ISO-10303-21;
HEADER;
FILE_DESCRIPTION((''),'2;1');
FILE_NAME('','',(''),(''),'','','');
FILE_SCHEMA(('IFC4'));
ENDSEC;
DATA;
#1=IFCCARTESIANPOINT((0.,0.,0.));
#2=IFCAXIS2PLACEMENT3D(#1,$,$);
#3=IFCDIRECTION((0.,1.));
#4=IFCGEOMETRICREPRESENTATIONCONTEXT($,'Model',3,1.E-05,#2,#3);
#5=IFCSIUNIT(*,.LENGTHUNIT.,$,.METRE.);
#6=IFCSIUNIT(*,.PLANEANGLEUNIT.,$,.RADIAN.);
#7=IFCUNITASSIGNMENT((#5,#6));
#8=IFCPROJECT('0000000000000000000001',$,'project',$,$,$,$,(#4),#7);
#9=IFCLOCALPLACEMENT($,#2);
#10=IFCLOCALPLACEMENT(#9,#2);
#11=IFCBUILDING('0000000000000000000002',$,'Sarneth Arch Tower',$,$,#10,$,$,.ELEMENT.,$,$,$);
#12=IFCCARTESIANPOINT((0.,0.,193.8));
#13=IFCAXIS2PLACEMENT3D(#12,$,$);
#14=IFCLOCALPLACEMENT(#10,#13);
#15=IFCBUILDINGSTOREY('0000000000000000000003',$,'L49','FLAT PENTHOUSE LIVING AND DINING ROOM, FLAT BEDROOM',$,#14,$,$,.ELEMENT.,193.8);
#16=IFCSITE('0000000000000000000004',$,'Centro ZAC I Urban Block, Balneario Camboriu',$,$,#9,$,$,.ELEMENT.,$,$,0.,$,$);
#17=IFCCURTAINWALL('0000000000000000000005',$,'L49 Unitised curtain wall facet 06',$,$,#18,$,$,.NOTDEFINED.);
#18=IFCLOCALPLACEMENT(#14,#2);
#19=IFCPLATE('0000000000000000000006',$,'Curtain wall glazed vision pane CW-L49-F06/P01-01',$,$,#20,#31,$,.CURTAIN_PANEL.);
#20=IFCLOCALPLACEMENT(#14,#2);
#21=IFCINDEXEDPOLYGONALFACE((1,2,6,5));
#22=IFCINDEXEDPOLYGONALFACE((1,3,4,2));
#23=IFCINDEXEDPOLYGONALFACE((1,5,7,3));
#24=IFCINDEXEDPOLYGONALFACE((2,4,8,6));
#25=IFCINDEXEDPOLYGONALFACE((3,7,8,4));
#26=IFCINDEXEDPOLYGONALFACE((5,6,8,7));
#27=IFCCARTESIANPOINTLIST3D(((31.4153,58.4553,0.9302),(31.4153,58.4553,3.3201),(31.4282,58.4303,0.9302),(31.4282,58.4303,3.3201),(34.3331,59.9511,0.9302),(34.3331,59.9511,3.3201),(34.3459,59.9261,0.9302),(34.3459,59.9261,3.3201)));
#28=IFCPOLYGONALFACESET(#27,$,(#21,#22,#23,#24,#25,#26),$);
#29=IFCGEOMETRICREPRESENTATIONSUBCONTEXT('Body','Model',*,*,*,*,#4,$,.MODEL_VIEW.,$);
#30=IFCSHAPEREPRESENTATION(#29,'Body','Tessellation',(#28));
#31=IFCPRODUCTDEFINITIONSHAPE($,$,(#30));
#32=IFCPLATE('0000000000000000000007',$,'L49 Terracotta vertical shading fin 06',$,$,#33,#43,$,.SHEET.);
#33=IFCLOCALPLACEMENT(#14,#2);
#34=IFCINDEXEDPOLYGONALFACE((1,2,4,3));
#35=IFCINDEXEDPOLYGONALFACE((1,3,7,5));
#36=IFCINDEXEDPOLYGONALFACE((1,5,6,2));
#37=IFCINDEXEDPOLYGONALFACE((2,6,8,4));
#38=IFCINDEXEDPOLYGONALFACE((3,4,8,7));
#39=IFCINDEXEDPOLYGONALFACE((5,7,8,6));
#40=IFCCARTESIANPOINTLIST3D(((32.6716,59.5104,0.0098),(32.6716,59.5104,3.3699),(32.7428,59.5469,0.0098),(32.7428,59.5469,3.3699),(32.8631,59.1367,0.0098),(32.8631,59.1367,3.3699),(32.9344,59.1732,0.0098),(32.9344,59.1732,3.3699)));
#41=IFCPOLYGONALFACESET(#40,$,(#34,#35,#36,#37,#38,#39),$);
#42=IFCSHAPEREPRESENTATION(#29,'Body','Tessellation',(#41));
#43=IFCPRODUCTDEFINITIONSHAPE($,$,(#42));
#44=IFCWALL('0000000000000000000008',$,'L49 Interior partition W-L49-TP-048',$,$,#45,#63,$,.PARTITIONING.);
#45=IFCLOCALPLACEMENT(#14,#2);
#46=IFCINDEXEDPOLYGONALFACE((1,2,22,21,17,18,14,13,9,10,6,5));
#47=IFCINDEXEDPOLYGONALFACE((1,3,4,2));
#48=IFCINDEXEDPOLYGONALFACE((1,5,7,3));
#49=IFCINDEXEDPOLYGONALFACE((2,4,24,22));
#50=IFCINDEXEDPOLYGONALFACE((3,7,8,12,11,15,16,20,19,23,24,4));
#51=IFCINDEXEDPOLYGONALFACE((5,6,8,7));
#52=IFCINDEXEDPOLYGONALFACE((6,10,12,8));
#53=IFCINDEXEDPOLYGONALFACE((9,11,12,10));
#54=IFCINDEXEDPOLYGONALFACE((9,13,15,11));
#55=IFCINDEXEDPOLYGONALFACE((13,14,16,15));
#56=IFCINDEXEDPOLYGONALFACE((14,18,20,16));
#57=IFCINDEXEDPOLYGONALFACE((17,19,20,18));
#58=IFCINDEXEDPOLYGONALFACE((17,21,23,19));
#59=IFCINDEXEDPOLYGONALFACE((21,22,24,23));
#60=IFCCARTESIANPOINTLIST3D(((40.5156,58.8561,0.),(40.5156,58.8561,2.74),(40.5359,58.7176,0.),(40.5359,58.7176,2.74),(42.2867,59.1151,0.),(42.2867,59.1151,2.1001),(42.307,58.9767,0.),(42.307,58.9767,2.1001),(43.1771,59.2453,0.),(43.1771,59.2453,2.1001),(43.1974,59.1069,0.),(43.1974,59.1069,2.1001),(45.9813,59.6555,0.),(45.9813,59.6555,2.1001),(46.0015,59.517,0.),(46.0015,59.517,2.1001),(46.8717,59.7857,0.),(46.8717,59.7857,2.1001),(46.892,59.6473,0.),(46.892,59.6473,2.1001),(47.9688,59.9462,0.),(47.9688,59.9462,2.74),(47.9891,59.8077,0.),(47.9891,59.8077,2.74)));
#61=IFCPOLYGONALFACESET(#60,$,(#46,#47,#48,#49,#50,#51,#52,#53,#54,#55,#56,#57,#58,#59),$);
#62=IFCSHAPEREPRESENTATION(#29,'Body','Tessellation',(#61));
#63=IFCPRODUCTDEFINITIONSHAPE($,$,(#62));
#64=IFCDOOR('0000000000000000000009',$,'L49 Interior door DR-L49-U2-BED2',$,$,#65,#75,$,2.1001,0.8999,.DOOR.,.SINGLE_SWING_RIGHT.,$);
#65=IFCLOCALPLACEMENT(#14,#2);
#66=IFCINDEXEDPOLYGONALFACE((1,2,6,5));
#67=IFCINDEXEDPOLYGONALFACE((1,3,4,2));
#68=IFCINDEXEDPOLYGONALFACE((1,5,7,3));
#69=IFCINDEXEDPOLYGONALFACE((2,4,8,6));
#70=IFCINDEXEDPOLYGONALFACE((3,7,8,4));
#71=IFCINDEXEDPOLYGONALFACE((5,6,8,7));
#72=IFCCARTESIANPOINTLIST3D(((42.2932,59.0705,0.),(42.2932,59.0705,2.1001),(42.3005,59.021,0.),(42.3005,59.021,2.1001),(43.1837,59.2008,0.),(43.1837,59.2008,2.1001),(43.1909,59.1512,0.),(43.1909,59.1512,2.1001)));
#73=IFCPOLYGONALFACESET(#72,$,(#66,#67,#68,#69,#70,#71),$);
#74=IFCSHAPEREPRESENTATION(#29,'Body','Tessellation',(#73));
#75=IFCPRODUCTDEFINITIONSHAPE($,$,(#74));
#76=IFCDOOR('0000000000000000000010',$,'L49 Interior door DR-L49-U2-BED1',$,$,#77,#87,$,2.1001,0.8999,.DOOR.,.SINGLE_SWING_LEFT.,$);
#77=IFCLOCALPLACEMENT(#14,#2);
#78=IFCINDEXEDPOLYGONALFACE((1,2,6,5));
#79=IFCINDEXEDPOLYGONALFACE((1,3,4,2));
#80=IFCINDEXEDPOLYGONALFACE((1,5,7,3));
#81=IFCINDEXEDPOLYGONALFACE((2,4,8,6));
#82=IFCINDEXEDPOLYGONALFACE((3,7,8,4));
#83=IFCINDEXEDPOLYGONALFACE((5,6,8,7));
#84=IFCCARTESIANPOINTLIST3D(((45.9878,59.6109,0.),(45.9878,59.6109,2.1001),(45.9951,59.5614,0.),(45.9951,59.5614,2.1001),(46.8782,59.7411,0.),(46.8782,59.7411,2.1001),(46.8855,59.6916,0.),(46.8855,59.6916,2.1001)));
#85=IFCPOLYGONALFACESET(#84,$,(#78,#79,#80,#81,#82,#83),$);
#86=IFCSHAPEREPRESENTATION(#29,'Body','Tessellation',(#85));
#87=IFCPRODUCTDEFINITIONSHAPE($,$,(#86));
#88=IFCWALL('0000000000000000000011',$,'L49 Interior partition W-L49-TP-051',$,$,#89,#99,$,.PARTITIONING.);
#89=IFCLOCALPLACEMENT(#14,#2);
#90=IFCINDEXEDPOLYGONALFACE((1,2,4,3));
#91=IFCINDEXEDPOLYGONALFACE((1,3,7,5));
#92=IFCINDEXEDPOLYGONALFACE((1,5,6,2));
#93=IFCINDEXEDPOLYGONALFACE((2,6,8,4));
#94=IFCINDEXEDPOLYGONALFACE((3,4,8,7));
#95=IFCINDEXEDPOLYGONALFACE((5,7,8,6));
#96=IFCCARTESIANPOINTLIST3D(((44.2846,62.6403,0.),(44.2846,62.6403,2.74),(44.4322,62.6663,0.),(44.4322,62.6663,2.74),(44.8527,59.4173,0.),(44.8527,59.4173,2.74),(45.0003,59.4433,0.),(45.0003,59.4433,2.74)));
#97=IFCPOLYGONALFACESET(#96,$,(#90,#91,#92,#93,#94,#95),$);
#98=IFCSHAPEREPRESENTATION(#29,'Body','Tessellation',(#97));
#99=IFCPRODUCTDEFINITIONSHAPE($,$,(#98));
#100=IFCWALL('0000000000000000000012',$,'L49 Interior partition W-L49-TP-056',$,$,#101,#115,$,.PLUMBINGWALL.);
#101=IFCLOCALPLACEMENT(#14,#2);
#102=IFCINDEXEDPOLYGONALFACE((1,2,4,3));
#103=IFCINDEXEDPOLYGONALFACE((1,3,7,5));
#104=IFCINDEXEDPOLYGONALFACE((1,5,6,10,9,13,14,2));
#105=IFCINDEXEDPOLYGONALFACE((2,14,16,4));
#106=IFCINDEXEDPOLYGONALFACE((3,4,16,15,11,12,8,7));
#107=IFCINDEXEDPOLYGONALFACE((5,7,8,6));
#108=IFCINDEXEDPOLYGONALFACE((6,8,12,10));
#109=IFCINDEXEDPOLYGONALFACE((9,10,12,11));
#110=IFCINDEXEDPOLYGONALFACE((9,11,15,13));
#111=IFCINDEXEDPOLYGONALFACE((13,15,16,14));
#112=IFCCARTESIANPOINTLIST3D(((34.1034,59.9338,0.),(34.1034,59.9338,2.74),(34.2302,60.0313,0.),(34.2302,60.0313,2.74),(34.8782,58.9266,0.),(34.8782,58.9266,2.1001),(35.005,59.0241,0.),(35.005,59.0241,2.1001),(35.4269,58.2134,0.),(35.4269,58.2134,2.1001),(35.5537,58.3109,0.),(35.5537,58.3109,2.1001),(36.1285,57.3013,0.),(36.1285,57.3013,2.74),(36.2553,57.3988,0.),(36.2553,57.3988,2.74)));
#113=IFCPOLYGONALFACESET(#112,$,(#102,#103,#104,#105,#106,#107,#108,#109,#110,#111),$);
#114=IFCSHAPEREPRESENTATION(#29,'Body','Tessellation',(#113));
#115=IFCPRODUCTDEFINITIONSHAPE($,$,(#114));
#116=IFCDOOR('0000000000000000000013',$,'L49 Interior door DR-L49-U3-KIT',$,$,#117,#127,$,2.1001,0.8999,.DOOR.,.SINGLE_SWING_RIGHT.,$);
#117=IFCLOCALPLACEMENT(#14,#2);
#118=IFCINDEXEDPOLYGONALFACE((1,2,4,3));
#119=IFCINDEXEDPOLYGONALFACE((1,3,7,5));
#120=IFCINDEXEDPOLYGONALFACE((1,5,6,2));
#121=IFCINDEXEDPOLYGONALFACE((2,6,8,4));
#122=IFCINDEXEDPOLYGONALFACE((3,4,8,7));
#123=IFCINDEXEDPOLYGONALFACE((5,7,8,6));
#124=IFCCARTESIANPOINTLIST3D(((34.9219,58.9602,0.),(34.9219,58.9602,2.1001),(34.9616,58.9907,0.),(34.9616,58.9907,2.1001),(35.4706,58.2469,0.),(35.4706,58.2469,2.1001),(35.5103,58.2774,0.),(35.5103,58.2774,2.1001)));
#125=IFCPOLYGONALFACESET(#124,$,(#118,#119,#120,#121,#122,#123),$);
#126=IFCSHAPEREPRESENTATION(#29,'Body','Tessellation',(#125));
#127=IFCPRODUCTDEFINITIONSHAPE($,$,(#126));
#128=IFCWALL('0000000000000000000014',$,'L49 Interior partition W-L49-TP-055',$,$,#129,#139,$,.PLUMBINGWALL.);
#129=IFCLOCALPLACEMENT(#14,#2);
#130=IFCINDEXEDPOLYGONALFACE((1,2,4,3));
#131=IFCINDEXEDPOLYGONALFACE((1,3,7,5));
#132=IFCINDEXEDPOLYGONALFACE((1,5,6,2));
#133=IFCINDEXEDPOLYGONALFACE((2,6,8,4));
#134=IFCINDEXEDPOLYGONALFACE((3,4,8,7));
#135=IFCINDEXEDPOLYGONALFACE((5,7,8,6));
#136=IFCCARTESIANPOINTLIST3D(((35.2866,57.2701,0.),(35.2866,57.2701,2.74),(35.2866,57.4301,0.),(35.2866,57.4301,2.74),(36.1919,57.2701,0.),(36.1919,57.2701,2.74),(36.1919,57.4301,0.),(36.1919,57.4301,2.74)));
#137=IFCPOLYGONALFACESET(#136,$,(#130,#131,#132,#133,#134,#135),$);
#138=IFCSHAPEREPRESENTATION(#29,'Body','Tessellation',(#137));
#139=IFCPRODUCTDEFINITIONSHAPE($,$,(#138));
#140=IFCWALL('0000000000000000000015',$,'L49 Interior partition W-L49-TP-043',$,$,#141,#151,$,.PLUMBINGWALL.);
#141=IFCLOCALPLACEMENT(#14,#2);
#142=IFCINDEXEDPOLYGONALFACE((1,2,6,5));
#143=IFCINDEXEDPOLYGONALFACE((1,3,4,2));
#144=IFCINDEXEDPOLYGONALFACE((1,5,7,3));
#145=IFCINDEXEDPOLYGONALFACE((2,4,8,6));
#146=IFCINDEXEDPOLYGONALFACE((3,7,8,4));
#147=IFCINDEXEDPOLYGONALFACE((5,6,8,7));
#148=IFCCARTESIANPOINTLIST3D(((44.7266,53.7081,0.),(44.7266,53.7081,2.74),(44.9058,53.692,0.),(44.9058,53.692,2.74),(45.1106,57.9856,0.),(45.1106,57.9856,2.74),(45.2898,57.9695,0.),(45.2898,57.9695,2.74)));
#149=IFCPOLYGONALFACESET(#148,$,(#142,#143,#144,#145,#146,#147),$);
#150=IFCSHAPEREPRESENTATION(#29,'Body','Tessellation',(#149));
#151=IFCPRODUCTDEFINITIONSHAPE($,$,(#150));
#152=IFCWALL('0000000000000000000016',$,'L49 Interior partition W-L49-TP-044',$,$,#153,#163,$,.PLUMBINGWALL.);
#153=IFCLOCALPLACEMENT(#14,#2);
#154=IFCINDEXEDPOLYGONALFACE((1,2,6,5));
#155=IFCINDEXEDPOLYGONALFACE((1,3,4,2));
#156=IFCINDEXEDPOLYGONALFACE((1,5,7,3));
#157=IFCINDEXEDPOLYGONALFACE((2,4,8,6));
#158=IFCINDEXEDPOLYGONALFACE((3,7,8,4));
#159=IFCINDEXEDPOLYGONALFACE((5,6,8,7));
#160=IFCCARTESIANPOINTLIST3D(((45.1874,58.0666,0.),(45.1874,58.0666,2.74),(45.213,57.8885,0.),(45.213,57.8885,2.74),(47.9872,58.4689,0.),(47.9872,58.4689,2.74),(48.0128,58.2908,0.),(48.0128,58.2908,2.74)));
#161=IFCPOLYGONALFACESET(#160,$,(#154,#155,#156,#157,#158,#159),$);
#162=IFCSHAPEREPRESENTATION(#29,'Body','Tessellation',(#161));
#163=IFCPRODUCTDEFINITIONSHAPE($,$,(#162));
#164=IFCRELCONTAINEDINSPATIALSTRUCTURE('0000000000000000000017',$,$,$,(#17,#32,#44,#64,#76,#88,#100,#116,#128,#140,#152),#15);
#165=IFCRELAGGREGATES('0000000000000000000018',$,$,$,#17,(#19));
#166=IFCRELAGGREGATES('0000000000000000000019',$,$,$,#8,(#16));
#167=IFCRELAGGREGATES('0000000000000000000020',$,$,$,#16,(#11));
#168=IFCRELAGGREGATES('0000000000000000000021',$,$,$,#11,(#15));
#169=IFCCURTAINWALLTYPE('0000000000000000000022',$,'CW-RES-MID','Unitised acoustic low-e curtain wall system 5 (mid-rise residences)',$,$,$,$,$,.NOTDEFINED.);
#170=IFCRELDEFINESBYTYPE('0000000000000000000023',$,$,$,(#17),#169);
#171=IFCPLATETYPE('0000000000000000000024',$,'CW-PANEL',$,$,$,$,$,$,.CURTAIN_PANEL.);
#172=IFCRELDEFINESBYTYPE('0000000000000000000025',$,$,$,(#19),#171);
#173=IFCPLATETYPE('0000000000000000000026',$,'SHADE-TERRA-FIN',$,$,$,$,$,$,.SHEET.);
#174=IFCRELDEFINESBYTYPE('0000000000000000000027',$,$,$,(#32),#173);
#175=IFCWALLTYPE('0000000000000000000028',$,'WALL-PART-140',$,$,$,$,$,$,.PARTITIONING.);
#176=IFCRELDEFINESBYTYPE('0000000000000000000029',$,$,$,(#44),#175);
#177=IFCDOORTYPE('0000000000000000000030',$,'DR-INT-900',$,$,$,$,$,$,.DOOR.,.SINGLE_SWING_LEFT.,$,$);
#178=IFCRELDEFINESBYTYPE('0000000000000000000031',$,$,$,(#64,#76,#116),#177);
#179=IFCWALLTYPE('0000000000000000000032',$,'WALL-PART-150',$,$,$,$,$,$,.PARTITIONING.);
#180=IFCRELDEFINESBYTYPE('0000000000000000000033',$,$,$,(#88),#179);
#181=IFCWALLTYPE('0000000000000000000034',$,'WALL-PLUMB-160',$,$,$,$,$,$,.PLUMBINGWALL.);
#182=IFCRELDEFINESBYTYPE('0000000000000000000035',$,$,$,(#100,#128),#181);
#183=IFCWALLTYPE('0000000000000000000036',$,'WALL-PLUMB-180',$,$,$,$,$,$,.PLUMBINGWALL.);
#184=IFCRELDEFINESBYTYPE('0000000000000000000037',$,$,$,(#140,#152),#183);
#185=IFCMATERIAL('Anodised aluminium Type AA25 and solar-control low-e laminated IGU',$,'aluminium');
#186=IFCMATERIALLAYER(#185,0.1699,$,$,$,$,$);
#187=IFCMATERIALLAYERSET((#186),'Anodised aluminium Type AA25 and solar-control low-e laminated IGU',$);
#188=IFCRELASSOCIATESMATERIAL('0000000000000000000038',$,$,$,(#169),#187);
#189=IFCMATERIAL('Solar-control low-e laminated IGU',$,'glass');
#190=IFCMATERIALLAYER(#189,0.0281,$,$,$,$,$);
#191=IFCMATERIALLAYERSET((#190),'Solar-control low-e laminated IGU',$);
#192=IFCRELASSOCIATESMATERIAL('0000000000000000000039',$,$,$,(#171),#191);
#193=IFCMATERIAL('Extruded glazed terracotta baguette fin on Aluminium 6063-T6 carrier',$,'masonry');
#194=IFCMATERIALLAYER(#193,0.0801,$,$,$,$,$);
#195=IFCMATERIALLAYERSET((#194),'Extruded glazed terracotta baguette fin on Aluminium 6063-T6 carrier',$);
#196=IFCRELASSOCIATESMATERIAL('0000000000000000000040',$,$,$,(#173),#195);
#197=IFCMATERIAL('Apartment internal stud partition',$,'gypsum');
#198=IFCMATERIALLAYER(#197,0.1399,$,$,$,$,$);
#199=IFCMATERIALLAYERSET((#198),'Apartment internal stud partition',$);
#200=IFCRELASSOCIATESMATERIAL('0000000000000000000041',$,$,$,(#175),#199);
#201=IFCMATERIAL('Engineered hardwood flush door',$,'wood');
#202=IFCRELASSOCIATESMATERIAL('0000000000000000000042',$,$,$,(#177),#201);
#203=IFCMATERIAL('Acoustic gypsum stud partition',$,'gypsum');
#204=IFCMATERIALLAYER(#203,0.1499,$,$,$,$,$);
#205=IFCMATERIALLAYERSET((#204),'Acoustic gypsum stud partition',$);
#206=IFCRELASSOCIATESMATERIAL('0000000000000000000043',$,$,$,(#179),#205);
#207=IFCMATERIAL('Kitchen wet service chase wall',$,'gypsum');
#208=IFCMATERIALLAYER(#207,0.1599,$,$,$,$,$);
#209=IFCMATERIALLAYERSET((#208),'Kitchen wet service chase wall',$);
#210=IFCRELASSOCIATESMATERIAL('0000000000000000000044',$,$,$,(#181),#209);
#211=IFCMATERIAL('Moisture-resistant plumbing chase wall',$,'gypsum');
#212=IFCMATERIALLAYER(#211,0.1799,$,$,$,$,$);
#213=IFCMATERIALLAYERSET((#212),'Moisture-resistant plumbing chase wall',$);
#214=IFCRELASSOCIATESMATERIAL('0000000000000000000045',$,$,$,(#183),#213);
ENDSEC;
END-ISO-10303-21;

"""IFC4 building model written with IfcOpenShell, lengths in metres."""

from ifc_helpers import new_model, si_unit, direction, frame, frame_2d, origin, origin_2d, place, context, subcontext, project, spatial, rectangle, extrude, material, layer, layer_set, type_object, element, fill, aggregate, save


model = new_model("IFC4")

# Units and contexts
model_context = context("Model", 3, precision=1e-05, world=origin(), true_north=direction((0.0, 1.0)))
body_context = subcontext(model_context, "Body", "Model", "MODEL_VIEW")
ifc_project = project(units=[si_unit("LENGTHUNIT", "METRE"), si_unit("PLANEANGLEUNIT", "RADIAN")], contexts=[model_context])

# Site, building, storey
site_placement = place(None, origin())
site = spatial("IfcSite", under=ifc_project, at=site_placement, Name="Centro ZAC I Urban Block, Balneario Camboriu", CompositionType="ELEMENT", RefElevation=0.0)
building_placement = place(site_placement, origin())
building = spatial("IfcBuilding", under=site, at=building_placement, Name="Sarneth Arch Tower", CompositionType="ELEMENT")
storey_placement = place(building_placement, frame((0.0, 0.0, 193.8)))
storey = spatial("IfcBuildingStorey", under=building, at=storey_placement, Name="L49", Description="FLAT PENTHOUSE LIVING AND DINING ROOM, FLAT BEDROOM", CompositionType="ELEMENT", Elevation=193.8)

# Curtain wall, plate
ifc_material_1 = material(Name="Anodised aluminium Type AA25 and solar-control low-e laminated IGU", Category="aluminium")
ifc_layer_1 = layer(ifc_material_1, 0.1699)
ifc_layer_set_1 = layer_set([ifc_layer_1], Name="Anodised aluminium Type AA25 and solar-control low-e laminated IGU")
curtain_wall_type = type_object("IfcCurtainWallType", Name="CW-RES-MID", Description="Unitised acoustic low-e curtain wall system 5 (mid-rise residences)", PredefinedType="NOTDEFINED", material=ifc_layer_set_1)
curtain_wall_placement = place(storey_placement, origin())
curtain_wall = element("IfcCurtainWall", 1, at=curtain_wall_placement, inside=storey, type_object=curtain_wall_type, Name="L49 Unitised curtain wall facet 06", PredefinedType="NOTDEFINED")
ifc_material_2 = material(Name="Solar-control low-e laminated IGU", Category="glass")
ifc_layer_2 = layer(ifc_material_2, 0.0281)
ifc_layer_set_2 = layer_set([ifc_layer_2], Name="Solar-control low-e laminated IGU")
plate_type_1 = type_object("IfcPlateType", Name="CW-PANEL", PredefinedType="CURTAIN_PANEL", material=ifc_layer_set_2)
plate_1_placement = place(storey_placement, frame((32.8806, 59.1907, 0.9302), z_axis=(0.0, 0.0, 1.0), x_axis=(-0.889873, -0.456208, 0.0)))
plate_1 = element("IfcPlate", 2, at=plate_1_placement, type_object=plate_type_1, Name="Curtain wall glazed vision pane CW-L49-F06/P01-01", PredefinedType="CURTAIN_PANEL", context=body_context, shape_type="SweptSolid", body=[
    extrude(rectangle(XDim=3.2788, YDim=0.0281, at=origin_2d()), origin(), (0.0, 0.0, 1.0), 2.3899),
])
aggregate(curtain_wall, [plate_1])

# Plate
ifc_material_3 = material(Name="Extruded glazed terracotta baguette fin on Aluminium 6063-T6 carrier", Category="masonry")
ifc_layer_3 = layer(ifc_material_3, 0.0801)
ifc_layer_set_3 = layer_set([ifc_layer_3], Name="Extruded glazed terracotta baguette fin on Aluminium 6063-T6 carrier")
plate_type_2 = type_object("IfcPlateType", Name="SHADE-TERRA-FIN", PredefinedType="SHEET", material=ifc_layer_set_3)
plate_2_placement = place(storey_placement, frame((32.803, 59.3418, 0.0098), z_axis=(0.0, 0.0, 1.0), x_axis=(-0.456166, 0.889895, 0.0)))
element("IfcPlate", 3, at=plate_2_placement, inside=storey, type_object=plate_type_2, Name="L49 Terracotta vertical shading fin 06", PredefinedType="SHEET", context=body_context, shape_type="SweptSolid", body=[
    extrude(rectangle(XDim=0.4199, YDim=0.0801, at=origin_2d()), origin(), (0.0, 0.0, 1.0), 3.3601),
])

# Wall, openings, doors
ifc_material_4 = material(Name="Apartment internal stud partition", Category="gypsum")
ifc_layer_4 = layer(ifc_material_4, 0.1399)
ifc_layer_set_4 = layer_set([ifc_layer_4], Name="Apartment internal stud partition")
wall_type_1 = type_object("IfcWallType", Name="WALL-PART-140", PredefinedType="PARTITIONING", material=ifc_layer_set_4)
wall_1_placement = place(storey_placement, frame((40.5259, 58.7869, 0.0), z_axis=(0.0, 0.0, 1.0), x_axis=(0.989473, 0.144719, 0.0)))
wall_1 = element("IfcWall", 4, at=wall_1_placement, inside=storey, type_object=wall_type_1, Name="L49 Interior partition W-L49-TP-048", PredefinedType="PARTITIONING", context=body_context, shape_type="SweptSolid", body=[
    extrude(rectangle(XDim=7.5325, YDim=0.1399, at=frame_2d((3.7661, 0.0))), origin(), (0.0, 0.0, 1.0), 2.74),
])
opening_1_placement = place(wall_1_placement, frame((1.7898, 0.0, 0.0)))
opening_1 = element("IfcOpeningElement", 5, at=opening_1_placement, cuts=wall_1, PredefinedType="OPENING", context=body_context, shape_type="SweptSolid", body=[
    extrude(rectangle(XDim=0.8999, YDim=2.1001, at=frame_2d((0.45, 1.05))), frame((0.0, 0.0798, 0.0), z_axis=(0.0, -1.0, 0.0), x_axis=(1.0, 0.0, 0.0)), (0.0, 0.0, 1.0), 0.1599),
])
opening_2_placement = place(wall_1_placement, frame((5.5237, 0.0, 0.0)))
opening_2 = element("IfcOpeningElement", 6, at=opening_2_placement, cuts=wall_1, PredefinedType="OPENING", context=body_context, shape_type="SweptSolid", body=[
    extrude(rectangle(XDim=0.8999, YDim=2.1001, at=frame_2d((0.45, 1.05))), frame((0.0, 0.0798, 0.0), z_axis=(0.0, -1.0, 0.0), x_axis=(1.0, 0.0, 0.0)), (0.0, 0.0, 1.0), 0.1599),
])
ifc_material_5 = material(Name="Engineered hardwood flush door", Category="wood")
door_type = type_object("IfcDoorType", Name="DR-INT-900", OperationType="SINGLE_SWING_LEFT", PredefinedType="DOOR", material=ifc_material_5)
door_1_placement = place(opening_1_placement, origin())
door_1 = element("IfcDoor", 7, at=door_1_placement, inside=storey, type_object=door_type, Name="L49 Interior door DR-L49-U2-BED2", OperationType="SINGLE_SWING_RIGHT", OverallHeight=2.1001, OverallWidth=0.8999, PredefinedType="DOOR", context=body_context, shape_type="SweptSolid", body=[
    extrude(rectangle(XDim=0.8999, YDim=2.1001, at=frame_2d((0.45, 1.05))), frame((0.0, 0.0249, 0.0), z_axis=(0.0, -1.0, 0.0), x_axis=(1.0, 0.0, 0.0)), (0.0, 0.0, 1.0), 0.05),
])
fill(opening_1, door_1)
door_2_placement = place(opening_2_placement, origin())
door_2 = element("IfcDoor", 8, at=door_2_placement, inside=storey, type_object=door_type, Name="L49 Interior door DR-L49-U2-BED1", OperationType="SINGLE_SWING_LEFT", OverallHeight=2.1001, OverallWidth=0.8999, PredefinedType="DOOR", context=body_context, shape_type="SweptSolid", body=[
    extrude(rectangle(XDim=0.8999, YDim=2.1001, at=frame_2d((0.45, 1.05))), frame((0.0, 0.0249, 0.0), z_axis=(0.0, -1.0, 0.0), x_axis=(1.0, 0.0, 0.0)), (0.0, 0.0, 1.0), 0.05),
])
fill(opening_2, door_2)

# Wall
ifc_material_6 = material(Name="Acoustic gypsum stud partition", Category="gypsum")
ifc_layer_5 = layer(ifc_material_6, 0.1499)
ifc_layer_set_5 = layer_set([ifc_layer_5], Name="Acoustic gypsum stud partition")
wall_type_2 = type_object("IfcWallType", Name="WALL-PART-150", PredefinedType="PARTITIONING", material=ifc_layer_set_5)
wall_2_placement = place(storey_placement, frame((44.9265, 59.4304, 0.0), z_axis=(0.0, 0.0, 1.0), x_axis=(-0.173598, 0.984817, 0.0)))
element("IfcWall", 9, at=wall_2_placement, inside=storey, type_object=wall_type_2, Name="L49 Interior partition W-L49-TP-051", PredefinedType="PARTITIONING", context=body_context, shape_type="SweptSolid", body=[
    extrude(rectangle(XDim=3.2727, YDim=0.1499, at=frame_2d((1.6362, 0.0))), origin(), (0.0, 0.0, 1.0), 2.74),
])

# Wall, opening, door
ifc_material_7 = material(Name="Kitchen wet service chase wall", Category="gypsum")
ifc_layer_6 = layer(ifc_material_7, 0.1599)
ifc_layer_set_6 = layer_set([ifc_layer_6], Name="Kitchen wet service chase wall")
wall_type_3 = type_object("IfcWallType", Name="WALL-PLUMB-160", PredefinedType="PLUMBINGWALL", material=ifc_layer_set_6)
wall_3_placement = place(storey_placement, frame((36.1919, 57.3501, 0.0), z_axis=(0.0, 0.0, 1.0), x_axis=(-0.609729, 0.79261, 0.0)))
wall_3 = element("IfcWall", 10, at=wall_3_placement, inside=storey, type_object=wall_type_3, Name="L49 Interior partition W-L49-TP-056", PredefinedType="PLUMBINGWALL", context=body_context, shape_type="SweptSolid", body=[
    extrude(rectangle(XDim=3.3213, YDim=0.1599, at=frame_2d((1.6606, 0.0))), origin(), (0.0, 0.0, 1.0), 2.74),
])
opening_3_placement = place(wall_3_placement, frame((1.1506, 0.0, 0.0)))
opening_3 = element("IfcOpeningElement", 11, at=opening_3_placement, cuts=wall_3, PredefinedType="OPENING", context=body_context, shape_type="SweptSolid", body=[
    extrude(rectangle(XDim=0.8999, YDim=2.1001, at=frame_2d((0.45, 1.05))), frame((0.0, 0.0898, 0.0), z_axis=(0.0, -1.0, 0.0), x_axis=(1.0, 0.0, 0.0)), (0.0, 0.0, 1.0), 0.1799),
])
door_3_placement = place(opening_3_placement, origin())
door_3 = element("IfcDoor", 12, at=door_3_placement, inside=storey, type_object=door_type, Name="L49 Interior door DR-L49-U3-KIT", OperationType="SINGLE_SWING_RIGHT", OverallHeight=2.1001, OverallWidth=0.8999, PredefinedType="DOOR", context=body_context, shape_type="SweptSolid", body=[
    extrude(rectangle(XDim=0.8999, YDim=2.1001, at=frame_2d((0.45, 1.05))), frame((0.0, 0.0249, 0.0), z_axis=(0.0, -1.0, 0.0), x_axis=(1.0, 0.0, 0.0)), (0.0, 0.0, 1.0), 0.05),
])
fill(opening_3, door_3)

# Walls
wall_4_placement = place(storey_placement, frame((35.2866, 57.3501, 0.0), z_axis=(0.0, 0.0, 1.0), x_axis=(1.0, 0.0, 0.0)))
element("IfcWall", 13, at=wall_4_placement, inside=storey, type_object=wall_type_3, Name="L49 Interior partition W-L49-TP-055", PredefinedType="PLUMBINGWALL", context=body_context, shape_type="SweptSolid", body=[
    extrude(rectangle(XDim=0.9053, YDim=0.1599, at=frame_2d((0.4526, 0.0))), origin(), (0.0, 0.0, 1.0), 2.74),
])
ifc_material_8 = material(Name="Moisture-resistant plumbing chase wall", Category="gypsum")
ifc_layer_7 = layer(ifc_material_8, 0.1799)
ifc_layer_set_7 = layer_set([ifc_layer_7], Name="Moisture-resistant plumbing chase wall")
wall_type_4 = type_object("IfcWallType", Name="WALL-PLUMB-180", PredefinedType="PLUMBINGWALL", material=ifc_layer_set_7)
wall_5_placement = place(storey_placement, frame((44.8162, 53.7, 0.0), z_axis=(0.0, 0.0, 1.0), x_axis=(0.089418, 0.995994, 0.0)))
element("IfcWall", 14, at=wall_5_placement, inside=storey, type_object=wall_type_4, Name="L49 Interior partition W-L49-TP-043", PredefinedType="PLUMBINGWALL", context=body_context, shape_type="SweptSolid", body=[
    extrude(rectangle(XDim=4.2947, YDim=0.1799, at=frame_2d((2.1475, 0.0))), origin(), (0.0, 0.0, 1.0), 2.74),
])
wall_6_placement = place(storey_placement, frame((45.2002, 57.9775, 0.0), z_axis=(0.0, 0.0, 1.0), x_axis=(0.989832, 0.142243, 0.0)))
element("IfcWall", 15, at=wall_6_placement, inside=storey, type_object=wall_type_4, Name="L49 Interior partition W-L49-TP-044", PredefinedType="PLUMBINGWALL", context=body_context, shape_type="SweptSolid", body=[
    extrude(rectangle(XDim=2.8286, YDim=0.1799, at=frame_2d((1.4143, 0.0))), origin(), (0.0, 0.0, 1.0), 2.74),
])

save(model, "model.ifc")
